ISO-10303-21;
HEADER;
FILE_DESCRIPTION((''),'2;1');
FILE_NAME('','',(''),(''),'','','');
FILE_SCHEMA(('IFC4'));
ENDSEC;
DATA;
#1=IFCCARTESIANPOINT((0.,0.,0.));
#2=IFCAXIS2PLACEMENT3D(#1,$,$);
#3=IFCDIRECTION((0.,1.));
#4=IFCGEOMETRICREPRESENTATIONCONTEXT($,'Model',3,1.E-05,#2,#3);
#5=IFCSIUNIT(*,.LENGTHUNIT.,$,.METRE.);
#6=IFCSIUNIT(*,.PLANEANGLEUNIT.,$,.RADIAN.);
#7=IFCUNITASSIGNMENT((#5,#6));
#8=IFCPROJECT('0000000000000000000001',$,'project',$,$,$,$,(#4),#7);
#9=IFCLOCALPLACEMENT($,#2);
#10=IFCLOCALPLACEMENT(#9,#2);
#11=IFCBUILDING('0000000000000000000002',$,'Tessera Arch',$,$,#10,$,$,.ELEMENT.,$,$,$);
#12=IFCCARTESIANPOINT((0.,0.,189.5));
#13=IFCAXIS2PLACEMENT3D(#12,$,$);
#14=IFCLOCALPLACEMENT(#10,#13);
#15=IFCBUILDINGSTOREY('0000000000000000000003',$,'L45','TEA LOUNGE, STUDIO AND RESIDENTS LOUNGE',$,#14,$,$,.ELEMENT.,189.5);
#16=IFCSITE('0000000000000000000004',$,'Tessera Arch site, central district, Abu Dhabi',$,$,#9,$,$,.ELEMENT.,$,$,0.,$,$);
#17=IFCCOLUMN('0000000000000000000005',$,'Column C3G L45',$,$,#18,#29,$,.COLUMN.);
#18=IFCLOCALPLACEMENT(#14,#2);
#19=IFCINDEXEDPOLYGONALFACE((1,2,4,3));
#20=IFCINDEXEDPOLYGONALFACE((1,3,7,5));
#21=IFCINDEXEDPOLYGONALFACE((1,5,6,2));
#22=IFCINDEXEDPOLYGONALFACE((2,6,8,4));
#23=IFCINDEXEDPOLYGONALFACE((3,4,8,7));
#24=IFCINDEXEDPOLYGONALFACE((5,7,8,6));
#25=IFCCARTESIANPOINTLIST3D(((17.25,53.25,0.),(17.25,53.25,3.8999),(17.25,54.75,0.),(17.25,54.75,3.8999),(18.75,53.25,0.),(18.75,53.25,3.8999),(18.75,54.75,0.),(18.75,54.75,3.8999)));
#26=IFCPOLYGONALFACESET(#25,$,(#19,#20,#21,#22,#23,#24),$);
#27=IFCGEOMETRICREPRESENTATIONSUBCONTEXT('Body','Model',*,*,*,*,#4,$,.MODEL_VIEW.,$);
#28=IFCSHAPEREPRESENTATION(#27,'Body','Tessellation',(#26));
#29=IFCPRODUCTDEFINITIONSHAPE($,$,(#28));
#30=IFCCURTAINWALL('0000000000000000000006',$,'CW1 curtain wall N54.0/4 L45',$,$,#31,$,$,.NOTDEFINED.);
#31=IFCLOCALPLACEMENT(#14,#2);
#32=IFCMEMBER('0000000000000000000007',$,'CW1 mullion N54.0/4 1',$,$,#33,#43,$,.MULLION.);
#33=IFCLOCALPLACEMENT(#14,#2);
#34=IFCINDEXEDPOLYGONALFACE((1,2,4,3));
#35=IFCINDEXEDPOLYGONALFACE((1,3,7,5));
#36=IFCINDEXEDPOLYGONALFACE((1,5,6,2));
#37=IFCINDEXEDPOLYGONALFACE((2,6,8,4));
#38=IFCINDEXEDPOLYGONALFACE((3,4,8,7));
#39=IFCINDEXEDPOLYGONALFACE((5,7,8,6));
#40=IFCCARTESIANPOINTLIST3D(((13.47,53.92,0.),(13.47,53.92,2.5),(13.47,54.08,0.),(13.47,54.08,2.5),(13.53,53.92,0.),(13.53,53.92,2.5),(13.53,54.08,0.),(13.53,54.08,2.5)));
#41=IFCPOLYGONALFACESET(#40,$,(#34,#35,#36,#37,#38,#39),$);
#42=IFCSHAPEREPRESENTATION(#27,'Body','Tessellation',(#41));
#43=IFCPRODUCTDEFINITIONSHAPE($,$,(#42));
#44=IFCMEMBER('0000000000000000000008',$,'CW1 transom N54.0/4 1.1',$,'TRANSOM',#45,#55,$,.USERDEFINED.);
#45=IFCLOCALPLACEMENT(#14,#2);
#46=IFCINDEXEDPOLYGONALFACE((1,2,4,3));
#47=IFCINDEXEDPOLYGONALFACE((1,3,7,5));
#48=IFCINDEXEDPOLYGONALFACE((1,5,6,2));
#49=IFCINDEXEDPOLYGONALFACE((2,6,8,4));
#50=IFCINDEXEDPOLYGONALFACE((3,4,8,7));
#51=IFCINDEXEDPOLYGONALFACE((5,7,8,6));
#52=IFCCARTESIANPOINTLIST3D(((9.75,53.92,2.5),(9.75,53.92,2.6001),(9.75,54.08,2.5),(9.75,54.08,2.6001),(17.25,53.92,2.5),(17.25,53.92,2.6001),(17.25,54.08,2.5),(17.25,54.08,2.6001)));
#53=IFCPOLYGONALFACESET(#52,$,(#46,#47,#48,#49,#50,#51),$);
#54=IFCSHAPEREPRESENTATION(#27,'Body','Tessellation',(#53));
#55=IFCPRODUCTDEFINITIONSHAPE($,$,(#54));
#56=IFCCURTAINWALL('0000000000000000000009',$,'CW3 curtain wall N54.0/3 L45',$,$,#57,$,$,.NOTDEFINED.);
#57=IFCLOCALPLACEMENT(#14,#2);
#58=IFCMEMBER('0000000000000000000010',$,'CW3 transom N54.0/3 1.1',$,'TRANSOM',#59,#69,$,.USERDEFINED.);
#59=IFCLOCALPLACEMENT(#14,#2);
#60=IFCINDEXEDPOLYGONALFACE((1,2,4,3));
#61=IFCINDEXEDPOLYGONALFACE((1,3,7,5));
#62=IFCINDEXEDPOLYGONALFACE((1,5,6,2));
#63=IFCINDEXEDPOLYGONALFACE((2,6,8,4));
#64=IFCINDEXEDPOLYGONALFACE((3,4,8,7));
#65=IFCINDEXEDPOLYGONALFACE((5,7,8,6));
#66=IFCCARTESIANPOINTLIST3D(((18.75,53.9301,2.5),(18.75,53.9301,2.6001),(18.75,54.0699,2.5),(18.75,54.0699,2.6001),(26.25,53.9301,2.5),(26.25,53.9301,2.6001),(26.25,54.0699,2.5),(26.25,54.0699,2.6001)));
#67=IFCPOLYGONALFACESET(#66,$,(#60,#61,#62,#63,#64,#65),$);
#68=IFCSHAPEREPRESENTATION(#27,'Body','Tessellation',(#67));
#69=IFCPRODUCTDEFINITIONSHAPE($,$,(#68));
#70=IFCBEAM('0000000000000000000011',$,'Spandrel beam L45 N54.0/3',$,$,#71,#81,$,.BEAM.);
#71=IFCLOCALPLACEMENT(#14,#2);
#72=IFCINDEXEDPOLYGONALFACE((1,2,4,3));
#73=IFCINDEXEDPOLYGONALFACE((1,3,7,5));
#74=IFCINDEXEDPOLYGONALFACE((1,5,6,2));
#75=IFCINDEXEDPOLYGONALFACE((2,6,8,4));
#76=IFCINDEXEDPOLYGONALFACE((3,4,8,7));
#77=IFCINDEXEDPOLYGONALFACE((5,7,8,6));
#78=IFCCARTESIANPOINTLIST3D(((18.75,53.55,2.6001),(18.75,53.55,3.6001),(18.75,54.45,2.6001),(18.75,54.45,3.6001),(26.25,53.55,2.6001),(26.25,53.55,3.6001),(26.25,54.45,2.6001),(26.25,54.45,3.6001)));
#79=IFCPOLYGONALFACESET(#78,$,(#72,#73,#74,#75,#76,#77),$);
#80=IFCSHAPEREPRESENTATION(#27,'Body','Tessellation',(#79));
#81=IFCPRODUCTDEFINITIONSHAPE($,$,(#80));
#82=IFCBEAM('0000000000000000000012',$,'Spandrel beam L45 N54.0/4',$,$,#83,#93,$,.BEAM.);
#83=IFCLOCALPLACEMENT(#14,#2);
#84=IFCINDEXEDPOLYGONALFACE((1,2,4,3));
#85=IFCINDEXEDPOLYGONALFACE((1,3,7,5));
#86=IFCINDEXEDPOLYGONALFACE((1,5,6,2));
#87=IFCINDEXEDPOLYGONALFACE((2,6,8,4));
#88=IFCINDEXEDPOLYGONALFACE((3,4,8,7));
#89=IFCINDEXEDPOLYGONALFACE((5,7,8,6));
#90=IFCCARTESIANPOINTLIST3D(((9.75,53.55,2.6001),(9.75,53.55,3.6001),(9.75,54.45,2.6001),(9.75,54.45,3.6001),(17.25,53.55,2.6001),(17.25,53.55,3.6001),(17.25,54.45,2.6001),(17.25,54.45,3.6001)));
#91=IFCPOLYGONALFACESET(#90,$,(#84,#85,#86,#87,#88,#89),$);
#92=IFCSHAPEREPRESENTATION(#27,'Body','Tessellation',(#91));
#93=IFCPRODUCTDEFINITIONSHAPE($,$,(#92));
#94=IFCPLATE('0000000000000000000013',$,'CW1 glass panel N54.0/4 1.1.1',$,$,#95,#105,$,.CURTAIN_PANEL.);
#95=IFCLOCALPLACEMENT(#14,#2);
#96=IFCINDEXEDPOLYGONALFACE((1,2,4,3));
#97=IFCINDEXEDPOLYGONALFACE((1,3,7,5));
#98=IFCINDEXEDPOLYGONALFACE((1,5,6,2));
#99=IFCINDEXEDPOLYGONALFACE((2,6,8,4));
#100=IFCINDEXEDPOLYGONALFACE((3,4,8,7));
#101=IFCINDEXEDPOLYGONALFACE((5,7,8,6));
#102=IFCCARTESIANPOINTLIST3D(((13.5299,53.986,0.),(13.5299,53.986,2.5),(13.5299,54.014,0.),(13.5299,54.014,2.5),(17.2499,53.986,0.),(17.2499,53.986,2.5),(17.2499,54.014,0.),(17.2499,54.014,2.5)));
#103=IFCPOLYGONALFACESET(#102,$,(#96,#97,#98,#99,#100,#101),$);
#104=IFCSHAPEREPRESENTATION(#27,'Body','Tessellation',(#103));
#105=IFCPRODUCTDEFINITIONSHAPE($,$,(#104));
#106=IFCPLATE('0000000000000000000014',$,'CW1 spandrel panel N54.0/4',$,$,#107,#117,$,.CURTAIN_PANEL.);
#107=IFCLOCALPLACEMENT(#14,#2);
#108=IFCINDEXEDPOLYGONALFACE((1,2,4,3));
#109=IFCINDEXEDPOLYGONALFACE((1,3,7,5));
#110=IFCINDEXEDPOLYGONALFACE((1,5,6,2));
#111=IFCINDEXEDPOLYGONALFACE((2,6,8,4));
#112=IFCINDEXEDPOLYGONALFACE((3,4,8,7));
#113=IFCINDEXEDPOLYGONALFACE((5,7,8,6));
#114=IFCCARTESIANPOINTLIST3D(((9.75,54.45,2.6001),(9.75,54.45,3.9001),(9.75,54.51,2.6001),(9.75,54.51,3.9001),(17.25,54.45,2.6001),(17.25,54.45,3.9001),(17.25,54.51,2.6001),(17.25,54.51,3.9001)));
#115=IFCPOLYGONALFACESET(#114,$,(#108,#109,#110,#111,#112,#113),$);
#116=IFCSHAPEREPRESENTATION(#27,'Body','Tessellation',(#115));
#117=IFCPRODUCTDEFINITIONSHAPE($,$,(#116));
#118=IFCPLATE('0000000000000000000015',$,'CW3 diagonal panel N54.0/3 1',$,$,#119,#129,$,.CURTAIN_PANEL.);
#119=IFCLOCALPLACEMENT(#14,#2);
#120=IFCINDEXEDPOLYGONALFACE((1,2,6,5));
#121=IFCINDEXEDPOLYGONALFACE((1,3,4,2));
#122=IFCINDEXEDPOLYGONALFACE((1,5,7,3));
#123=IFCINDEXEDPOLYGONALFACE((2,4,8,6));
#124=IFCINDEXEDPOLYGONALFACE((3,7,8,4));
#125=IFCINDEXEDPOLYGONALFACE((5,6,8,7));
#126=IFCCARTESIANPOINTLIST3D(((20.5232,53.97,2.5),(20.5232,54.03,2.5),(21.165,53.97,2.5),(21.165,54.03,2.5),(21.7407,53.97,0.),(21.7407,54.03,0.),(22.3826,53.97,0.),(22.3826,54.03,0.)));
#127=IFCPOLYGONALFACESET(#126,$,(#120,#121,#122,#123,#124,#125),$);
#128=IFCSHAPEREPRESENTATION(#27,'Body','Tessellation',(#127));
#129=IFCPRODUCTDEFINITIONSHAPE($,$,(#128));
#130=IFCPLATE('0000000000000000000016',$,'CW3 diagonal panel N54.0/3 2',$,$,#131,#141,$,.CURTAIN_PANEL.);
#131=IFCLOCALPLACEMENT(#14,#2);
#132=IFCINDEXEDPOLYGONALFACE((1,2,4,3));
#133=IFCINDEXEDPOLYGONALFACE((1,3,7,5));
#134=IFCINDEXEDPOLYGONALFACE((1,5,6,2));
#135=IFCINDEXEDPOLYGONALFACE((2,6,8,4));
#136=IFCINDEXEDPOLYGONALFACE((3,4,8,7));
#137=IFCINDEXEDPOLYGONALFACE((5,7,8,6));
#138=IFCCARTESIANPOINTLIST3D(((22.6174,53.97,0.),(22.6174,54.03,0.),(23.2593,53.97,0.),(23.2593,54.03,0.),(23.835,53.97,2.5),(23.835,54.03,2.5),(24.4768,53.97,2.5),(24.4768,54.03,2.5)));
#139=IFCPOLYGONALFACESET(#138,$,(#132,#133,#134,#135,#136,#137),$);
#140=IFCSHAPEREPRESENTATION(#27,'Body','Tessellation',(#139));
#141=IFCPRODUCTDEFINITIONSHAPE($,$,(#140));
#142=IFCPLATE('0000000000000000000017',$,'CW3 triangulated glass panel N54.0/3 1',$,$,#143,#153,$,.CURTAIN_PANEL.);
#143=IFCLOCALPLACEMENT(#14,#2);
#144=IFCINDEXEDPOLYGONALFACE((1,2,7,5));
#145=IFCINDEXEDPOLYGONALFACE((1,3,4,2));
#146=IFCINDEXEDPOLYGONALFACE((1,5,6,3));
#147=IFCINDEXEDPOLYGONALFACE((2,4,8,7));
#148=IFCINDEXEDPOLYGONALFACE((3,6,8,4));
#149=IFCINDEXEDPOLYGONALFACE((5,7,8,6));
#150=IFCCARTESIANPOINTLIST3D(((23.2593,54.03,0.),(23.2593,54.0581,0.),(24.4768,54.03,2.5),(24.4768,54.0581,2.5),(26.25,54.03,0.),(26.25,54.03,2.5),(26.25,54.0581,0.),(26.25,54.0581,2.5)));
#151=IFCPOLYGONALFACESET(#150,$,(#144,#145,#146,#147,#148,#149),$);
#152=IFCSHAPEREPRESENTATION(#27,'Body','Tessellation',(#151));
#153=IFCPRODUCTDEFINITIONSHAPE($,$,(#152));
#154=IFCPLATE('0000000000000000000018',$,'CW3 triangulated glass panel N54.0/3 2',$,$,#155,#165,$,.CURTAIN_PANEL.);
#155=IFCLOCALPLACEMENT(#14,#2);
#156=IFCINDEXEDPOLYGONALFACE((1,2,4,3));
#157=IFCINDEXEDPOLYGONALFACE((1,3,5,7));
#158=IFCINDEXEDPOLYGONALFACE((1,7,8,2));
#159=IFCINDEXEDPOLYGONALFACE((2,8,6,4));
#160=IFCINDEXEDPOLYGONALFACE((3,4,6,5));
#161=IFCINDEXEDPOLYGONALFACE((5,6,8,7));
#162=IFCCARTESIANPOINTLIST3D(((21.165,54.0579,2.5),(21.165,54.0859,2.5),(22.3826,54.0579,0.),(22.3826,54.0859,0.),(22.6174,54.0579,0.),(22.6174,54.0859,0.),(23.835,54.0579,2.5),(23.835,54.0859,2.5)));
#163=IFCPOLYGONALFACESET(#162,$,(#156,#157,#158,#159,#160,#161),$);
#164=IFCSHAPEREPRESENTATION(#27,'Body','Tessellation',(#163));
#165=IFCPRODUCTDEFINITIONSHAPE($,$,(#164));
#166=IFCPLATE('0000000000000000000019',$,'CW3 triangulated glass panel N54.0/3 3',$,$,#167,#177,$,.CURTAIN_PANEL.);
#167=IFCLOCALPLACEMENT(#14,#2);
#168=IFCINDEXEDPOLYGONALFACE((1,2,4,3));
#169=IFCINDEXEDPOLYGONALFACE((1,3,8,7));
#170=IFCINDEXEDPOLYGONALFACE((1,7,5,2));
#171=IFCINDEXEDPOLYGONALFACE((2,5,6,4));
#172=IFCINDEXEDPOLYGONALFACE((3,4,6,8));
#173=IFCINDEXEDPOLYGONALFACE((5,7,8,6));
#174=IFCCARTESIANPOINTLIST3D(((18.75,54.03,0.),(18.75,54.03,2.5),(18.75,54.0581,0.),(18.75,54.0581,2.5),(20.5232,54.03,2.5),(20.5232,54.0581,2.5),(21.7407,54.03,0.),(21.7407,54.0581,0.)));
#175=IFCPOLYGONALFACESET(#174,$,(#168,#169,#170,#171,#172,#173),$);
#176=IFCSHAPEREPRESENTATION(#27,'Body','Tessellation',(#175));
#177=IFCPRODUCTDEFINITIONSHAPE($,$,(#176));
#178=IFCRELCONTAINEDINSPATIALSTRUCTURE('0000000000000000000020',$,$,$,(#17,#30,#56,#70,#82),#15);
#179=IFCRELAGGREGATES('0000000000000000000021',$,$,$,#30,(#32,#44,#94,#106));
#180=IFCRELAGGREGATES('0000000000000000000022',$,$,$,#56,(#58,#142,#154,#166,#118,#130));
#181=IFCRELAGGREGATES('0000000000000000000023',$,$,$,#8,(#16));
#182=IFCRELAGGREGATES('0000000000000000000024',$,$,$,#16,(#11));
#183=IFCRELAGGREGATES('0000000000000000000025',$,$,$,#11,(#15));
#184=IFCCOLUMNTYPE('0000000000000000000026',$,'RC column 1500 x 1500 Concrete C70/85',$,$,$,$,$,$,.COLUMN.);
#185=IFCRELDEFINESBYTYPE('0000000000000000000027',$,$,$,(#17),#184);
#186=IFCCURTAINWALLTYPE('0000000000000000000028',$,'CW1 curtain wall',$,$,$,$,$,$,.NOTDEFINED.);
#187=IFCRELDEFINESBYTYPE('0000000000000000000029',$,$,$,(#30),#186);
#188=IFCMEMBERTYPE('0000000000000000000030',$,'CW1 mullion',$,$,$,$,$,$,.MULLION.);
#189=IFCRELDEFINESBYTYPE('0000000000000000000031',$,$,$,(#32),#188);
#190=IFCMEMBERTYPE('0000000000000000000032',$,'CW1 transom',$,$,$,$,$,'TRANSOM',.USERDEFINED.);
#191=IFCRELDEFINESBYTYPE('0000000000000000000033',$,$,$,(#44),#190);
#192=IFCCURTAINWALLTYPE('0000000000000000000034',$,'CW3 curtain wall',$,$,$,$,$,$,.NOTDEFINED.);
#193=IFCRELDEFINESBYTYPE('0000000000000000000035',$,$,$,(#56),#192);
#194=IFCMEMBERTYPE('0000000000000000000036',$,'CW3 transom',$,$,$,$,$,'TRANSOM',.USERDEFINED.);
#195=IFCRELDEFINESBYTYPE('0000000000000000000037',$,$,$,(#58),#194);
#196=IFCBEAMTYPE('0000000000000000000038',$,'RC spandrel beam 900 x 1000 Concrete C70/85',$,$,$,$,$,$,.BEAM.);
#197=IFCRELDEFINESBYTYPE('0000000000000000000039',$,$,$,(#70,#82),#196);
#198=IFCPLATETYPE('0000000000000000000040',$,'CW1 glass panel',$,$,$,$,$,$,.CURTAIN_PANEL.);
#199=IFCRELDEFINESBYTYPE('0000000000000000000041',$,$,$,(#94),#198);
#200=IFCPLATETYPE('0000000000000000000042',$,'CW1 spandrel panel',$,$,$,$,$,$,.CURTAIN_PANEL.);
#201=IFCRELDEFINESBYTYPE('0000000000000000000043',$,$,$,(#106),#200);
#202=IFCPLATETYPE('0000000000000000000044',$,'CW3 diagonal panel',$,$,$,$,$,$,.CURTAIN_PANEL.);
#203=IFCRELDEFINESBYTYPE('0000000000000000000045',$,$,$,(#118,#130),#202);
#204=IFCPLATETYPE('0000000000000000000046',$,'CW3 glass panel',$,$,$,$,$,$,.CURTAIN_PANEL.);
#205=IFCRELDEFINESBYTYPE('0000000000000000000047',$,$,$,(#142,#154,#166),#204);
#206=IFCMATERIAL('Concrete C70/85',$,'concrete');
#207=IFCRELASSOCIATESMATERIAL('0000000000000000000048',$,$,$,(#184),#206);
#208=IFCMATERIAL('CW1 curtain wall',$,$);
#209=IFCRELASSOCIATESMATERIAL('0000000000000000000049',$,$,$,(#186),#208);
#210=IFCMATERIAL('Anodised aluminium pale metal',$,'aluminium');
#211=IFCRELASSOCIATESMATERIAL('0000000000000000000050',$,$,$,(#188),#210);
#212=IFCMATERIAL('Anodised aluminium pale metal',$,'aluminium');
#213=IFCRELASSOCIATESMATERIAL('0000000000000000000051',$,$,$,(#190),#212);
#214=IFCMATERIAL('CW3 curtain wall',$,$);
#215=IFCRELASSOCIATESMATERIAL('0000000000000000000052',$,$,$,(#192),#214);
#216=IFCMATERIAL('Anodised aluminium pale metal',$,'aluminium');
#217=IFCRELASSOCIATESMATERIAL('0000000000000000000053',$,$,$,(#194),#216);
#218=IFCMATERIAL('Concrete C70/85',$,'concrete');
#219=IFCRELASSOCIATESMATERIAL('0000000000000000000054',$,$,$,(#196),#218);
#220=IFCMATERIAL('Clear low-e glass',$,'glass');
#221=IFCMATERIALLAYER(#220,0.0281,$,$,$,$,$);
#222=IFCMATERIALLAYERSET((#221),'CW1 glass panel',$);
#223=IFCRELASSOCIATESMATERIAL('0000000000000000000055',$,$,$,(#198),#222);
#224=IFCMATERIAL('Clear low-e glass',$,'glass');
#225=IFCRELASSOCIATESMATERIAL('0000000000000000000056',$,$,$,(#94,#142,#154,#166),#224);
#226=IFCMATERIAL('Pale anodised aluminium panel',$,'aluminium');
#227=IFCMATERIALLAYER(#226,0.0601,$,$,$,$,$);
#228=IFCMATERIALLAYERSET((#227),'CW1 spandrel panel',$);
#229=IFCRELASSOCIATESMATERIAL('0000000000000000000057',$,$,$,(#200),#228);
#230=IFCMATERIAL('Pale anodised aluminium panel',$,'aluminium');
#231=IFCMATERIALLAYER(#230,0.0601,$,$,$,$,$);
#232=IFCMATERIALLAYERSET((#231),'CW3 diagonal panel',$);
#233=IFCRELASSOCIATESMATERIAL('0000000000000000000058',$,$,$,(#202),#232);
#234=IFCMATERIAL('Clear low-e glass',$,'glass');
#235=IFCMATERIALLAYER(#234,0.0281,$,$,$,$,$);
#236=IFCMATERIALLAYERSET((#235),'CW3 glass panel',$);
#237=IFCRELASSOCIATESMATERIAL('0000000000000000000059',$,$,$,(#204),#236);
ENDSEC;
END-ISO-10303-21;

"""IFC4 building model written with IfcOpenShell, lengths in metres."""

from ifc_helpers import new_model, si_unit, direction, frame, origin, origin_2d, place, context, subcontext, project, spatial, polyline, rectangle, outline, extrude, material, layer, layer_set, material_profile, profile_set, type_object, element, aggregate, save


model = new_model("IFC4")

# Units and contexts
model_context = context("Model", 3, precision=1e-05, world=origin(), true_north=direction((0.0, 1.0)))
body_context = subcontext(model_context, "Body", "Model", "MODEL_VIEW")
ifc_project = project(units=[si_unit("LENGTHUNIT", "METRE"), si_unit("PLANEANGLEUNIT", "RADIAN")], contexts=[model_context])

# Site, building, storey
site_placement = place(None, origin())
site = spatial("IfcSite", under=ifc_project, at=site_placement, Name="Tessera Arch site, central district, Abu Dhabi", CompositionType="ELEMENT", RefElevation=0.0)
building_placement = place(site_placement, origin())
building = spatial("IfcBuilding", under=site, at=building_placement, Name="Tessera Arch", CompositionType="ELEMENT")
storey_placement = place(building_placement, frame((0.0, 0.0, 189.5)))
storey = spatial("IfcBuildingStorey", under=building, at=storey_placement, Name="L45", Description="TEA LOUNGE, STUDIO AND RESIDENTS LOUNGE", CompositionType="ELEMENT", Elevation=189.5)

# Column
ifc_material_1 = material(Name="Concrete C70/85", Category="concrete")
ifc_material_profile_1 = material_profile(ifc_material_1, rectangle(XDim=1.5, YDim=1.5, at=origin_2d()), Name="RC column 1500 x 1500 Concrete C70/85")
ifc_profile_set_1 = profile_set([ifc_material_profile_1], Name="Concrete C70/85")
column_type = type_object("IfcColumnType", Name="RC column 1500 x 1500 Concrete C70/85", PredefinedType="COLUMN", material=ifc_profile_set_1)
column_placement = place(storey_placement, frame((18.0, 54.0, 0.0), z_axis=(0.0, 0.0, 1.0), x_axis=(1.0, 0.0, 0.0)))
element("IfcColumn", 1, at=column_placement, inside=storey, type_object=column_type, Name="Column C3G L45", PredefinedType="COLUMN", context=body_context, shape_type="SweptSolid", body=[
    extrude(rectangle(XDim=1.5, YDim=1.5, at=origin_2d()), origin(), (0.0, 0.0, 1.0), 3.8999),
])

# Curtain wall, members
ifc_material_2 = material(Name="CW1 curtain wall")
curtain_wall_type_1 = type_object("IfcCurtainWallType", Name="CW1 curtain wall", PredefinedType="NOTDEFINED", material=ifc_material_2)
curtain_wall_1_placement = place(storey_placement, origin())
curtain_wall_1 = element("IfcCurtainWall", 2, at=curtain_wall_1_placement, inside=storey, type_object=curtain_wall_type_1, Name="CW1 curtain wall N54.0/4 L45", PredefinedType="NOTDEFINED")
ifc_material_3 = material(Name="Anodised aluminium pale metal", Category="aluminium")
ifc_material_profile_2 = material_profile(ifc_material_3, rectangle(XDim=0.1599, YDim=0.0601, at=origin_2d()), Name="AL 60x160")
ifc_profile_set_2 = profile_set([ifc_material_profile_2], Name="Anodised aluminium pale metal")
member_type_1 = type_object("IfcMemberType", Name="CW1 mullion", PredefinedType="MULLION", material=ifc_profile_set_2)
member_1_placement = place(storey_placement, frame((13.5, 54.0, 0.0), z_axis=(0.0, 0.0, 1.0), x_axis=(0.0, -1.0, 0.0)))
member_1 = element("IfcMember", 3, at=member_1_placement, type_object=member_type_1, Name="CW1 mullion N54.0/4 1", PredefinedType="MULLION", context=body_context, shape_type="SweptSolid", body=[
    extrude(rectangle(XDim=0.1599, YDim=0.0601, at=origin_2d()), origin(), (0.0, 0.0, 1.0), 2.5),
])
ifc_material_4 = material(Name="Anodised aluminium pale metal", Category="aluminium")
ifc_material_profile_3 = material_profile(ifc_material_4, rectangle(XDim=0.1599, YDim=0.1001, at=origin_2d()), Name="AL 160x100")
ifc_profile_set_3 = profile_set([ifc_material_profile_3], Name="Anodised aluminium pale metal")
member_type_2 = type_object("IfcMemberType", Name="CW1 transom", ElementType="TRANSOM", PredefinedType="USERDEFINED", material=ifc_profile_set_3)
member_2_placement = place(storey_placement, frame((17.25, 54.0, 2.55), z_axis=(-1.0, 0.0, 0.0), x_axis=(0.0, -1.0, 0.0)))
member_2 = element("IfcMember", 4, at=member_2_placement, type_object=member_type_2, Name="CW1 transom N54.0/4 1.1", ObjectType="TRANSOM", PredefinedType="USERDEFINED", context=body_context, shape_type="SweptSolid", body=[
    extrude(rectangle(XDim=0.1599, YDim=0.1001, at=origin_2d()), origin(), (0.0, 0.0, 1.0), 7.5),
])

# Curtain wall, member
ifc_material_5 = material(Name="CW3 curtain wall")
curtain_wall_type_2 = type_object("IfcCurtainWallType", Name="CW3 curtain wall", PredefinedType="NOTDEFINED", material=ifc_material_5)
curtain_wall_2_placement = place(storey_placement, origin())
curtain_wall_2 = element("IfcCurtainWall", 5, at=curtain_wall_2_placement, inside=storey, type_object=curtain_wall_type_2, Name="CW3 curtain wall N54.0/3 L45", PredefinedType="NOTDEFINED")
ifc_material_6 = material(Name="Anodised aluminium pale metal", Category="aluminium")
ifc_material_profile_4 = material_profile(ifc_material_6, rectangle(XDim=0.1399, YDim=0.1001, at=origin_2d()), Name="AL 140x100")
ifc_profile_set_4 = profile_set([ifc_material_profile_4], Name="Anodised aluminium pale metal")
member_type_3 = type_object("IfcMemberType", Name="CW3 transom", ElementType="TRANSOM", PredefinedType="USERDEFINED", material=ifc_profile_set_4)
member_3_placement = place(storey_placement, frame((26.25, 54.0, 2.55), z_axis=(-1.0, 0.0, 0.0), x_axis=(0.0, -1.0, 0.0)))
member_3 = element("IfcMember", 6, at=member_3_placement, type_object=member_type_3, Name="CW3 transom N54.0/3 1.1", ObjectType="TRANSOM", PredefinedType="USERDEFINED", context=body_context, shape_type="SweptSolid", body=[
    extrude(rectangle(XDim=0.1399, YDim=0.1001, at=origin_2d()), origin(), (0.0, 0.0, 1.0), 7.5),
])

# Beams
ifc_material_7 = material(Name="Concrete C70/85", Category="concrete")
ifc_material_profile_5 = material_profile(ifc_material_7, rectangle(XDim=0.8999, YDim=1.0, at=origin_2d()), Name="RC spandrel beam 900 x 1000 Concrete C70/85")
ifc_profile_set_5 = profile_set([ifc_material_profile_5], Name="Concrete C70/85")
beam_type = type_object("IfcBeamType", Name="RC spandrel beam 900 x 1000 Concrete C70/85", PredefinedType="BEAM", material=ifc_profile_set_5)
for number, where, z_axis, x_axis, name in (
    (7, (26.25, 54.0, 3.1001), (-1.0, 0.0, 0.0), (0.0, -1.0, 0.0), "Spandrel beam L45 N54.0/3"),
    (8, (17.25, 54.0, 3.1001), (-1.0, 0.0, 0.0), (0.0, -1.0, 0.0), "Spandrel beam L45 N54.0/4"),
):
    element("IfcBeam", number, at=place(storey_placement, frame(where, z_axis=z_axis, x_axis=x_axis)), inside=storey, type_object=beam_type, Name=name, PredefinedType="BEAM", context=body_context, shape_type="SweptSolid", body=[
        extrude(rectangle(XDim=0.8999, YDim=1.0, at=origin_2d()), origin(), (0.0, 0.0, 1.0), 7.5),
    ])

# Plates
ifc_material_8 = material(Name="Clear low-e glass", Category="glass")
ifc_material_9 = material(Name="Clear low-e glass", Category="glass")
ifc_layer_1 = layer(ifc_material_9, 0.0281)
ifc_layer_set_1 = layer_set([ifc_layer_1], Name="CW1 glass panel")
plate_type_1 = type_object("IfcPlateType", Name="CW1 glass panel", PredefinedType="CURTAIN_PANEL", material=ifc_layer_set_1)
plate_1_placement = place(storey_placement, frame((15.3899, 54.0, 0.0), z_axis=(0.0, 0.0, 1.0), x_axis=(-1.0, 0.0, 0.0)))
plate_1 = element("IfcPlate", 9, at=plate_1_placement, type_object=plate_type_1, material=ifc_material_8, Name="CW1 glass panel N54.0/4 1.1.1", PredefinedType="CURTAIN_PANEL", context=body_context, shape_type="SweptSolid", body=[
    extrude(rectangle(XDim=3.72, YDim=0.0281, at=origin_2d()), origin(), (0.0, 0.0, 1.0), 2.5),
])
ifc_material_10 = material(Name="Pale anodised aluminium panel", Category="aluminium")
ifc_layer_2 = layer(ifc_material_10, 0.0601)
ifc_layer_set_2 = layer_set([ifc_layer_2], Name="CW1 spandrel panel")
plate_type_2 = type_object("IfcPlateType", Name="CW1 spandrel panel", PredefinedType="CURTAIN_PANEL", material=ifc_layer_set_2)
plate_2_placement = place(storey_placement, frame((13.5, 54.48, 2.6001), z_axis=(0.0, 0.0, 1.0), x_axis=(-1.0, 0.0, 0.0)))
plate_2 = element("IfcPlate", 10, at=plate_2_placement, type_object=plate_type_2, Name="CW1 spandrel panel N54.0/4", PredefinedType="CURTAIN_PANEL", context=body_context, shape_type="SweptSolid", body=[
    extrude(rectangle(XDim=7.5, YDim=0.0601, at=origin_2d()), origin(), (0.0, 0.0, 1.0), 1.3),
])
aggregate(curtain_wall_1, [member_1, member_2, plate_1, plate_2])
ifc_material_11 = material(Name="Pale anodised aluminium panel", Category="aluminium")
ifc_layer_3 = layer(ifc_material_11, 0.0601)
ifc_layer_set_3 = layer_set([ifc_layer_3], Name="CW3 diagonal panel")
plate_type_3 = type_object("IfcPlateType", Name="CW3 diagonal panel", PredefinedType="CURTAIN_PANEL", material=ifc_layer_set_3)
plate_3_placement = place(storey_placement, frame((20.5232, 54.03, 2.5), z_axis=(0.0, 1.0, 0.0), x_axis=(1.0, 0.0, 0.0)))
plate_3 = element("IfcPlate", 11, at=plate_3_placement, type_object=plate_type_3, Name="CW3 diagonal panel N54.0/3 1", PredefinedType="CURTAIN_PANEL", context=body_context, shape_type="SweptSolid", body=[
    extrude(outline(polyline([(0.0, 0.0), (0.6418, 0.0), (1.8594, 2.5), (1.2175, 2.5), (0.0, 0.0)])), origin(), (0.0, 0.0, -1.0), 0.0601),
])
plate_4_placement = place(storey_placement, frame((23.835, 54.03, 2.5), z_axis=(0.0, 1.0, 0.0), x_axis=(1.0, 0.0, 0.0)))
plate_4 = element("IfcPlate", 12, at=plate_4_placement, type_object=plate_type_3, Name="CW3 diagonal panel N54.0/3 2", PredefinedType="CURTAIN_PANEL", context=body_context, shape_type="SweptSolid", body=[
    extrude(outline(polyline([(0.0, 0.0), (0.6418, 0.0), (-0.5757, 2.5), (-1.2175, 2.5), (0.0, 0.0)])), origin(), (0.0, 0.0, -1.0), 0.0601),
])
ifc_material_12 = material(Name="Clear low-e glass", Category="glass")
ifc_layer_4 = layer(ifc_material_12, 0.0281)
ifc_layer_set_4 = layer_set([ifc_layer_4], Name="CW3 glass panel")
plate_type_4 = type_object("IfcPlateType", Name="CW3 glass panel", PredefinedType="CURTAIN_PANEL", material=ifc_layer_set_4)
plate_5_placement = place(storey_placement, frame((26.25, 54.0581, 0.0), z_axis=(0.0, 1.0, 0.0), x_axis=(-1.0, 0.0, 0.0)))
plate_5 = element("IfcPlate", 13, at=plate_5_placement, type_object=plate_type_4, material=ifc_material_8, Name="CW3 triangulated glass panel N54.0/3 1", PredefinedType="CURTAIN_PANEL", context=body_context, shape_type="SweptSolid", body=[
    extrude(outline(polyline([(0.0, 0.0), (2.9907, 0.0), (1.7732, 2.5), (0.0, 2.5), (0.0, 0.0)])), origin(), (0.0, 0.0, -1.0), 0.0281),
])
plate_6_placement = place(storey_placement, frame((21.165, 54.0859, 2.5), z_axis=(0.0, 1.0, 0.0), x_axis=(1.0, 0.0, 0.0)))
plate_6 = element("IfcPlate", 14, at=plate_6_placement, type_object=plate_type_4, material=ifc_material_8, Name="CW3 triangulated glass panel N54.0/3 2", PredefinedType="CURTAIN_PANEL", context=body_context, shape_type="SweptSolid", body=[
    extrude(outline(polyline([(0.0, 0.0), (2.6699, 0.0), (1.4524, 2.5), (1.2175, 2.5), (0.0, 0.0)])), origin(), (0.0, 0.0, -1.0), 0.0281),
])
plate_7_placement = place(storey_placement, frame((18.75, 54.0581, 2.5), z_axis=(0.0, 1.0, 0.0), x_axis=(1.0, 0.0, 0.0)))
plate_7 = element("IfcPlate", 15, at=plate_7_placement, type_object=plate_type_4, material=ifc_material_8, Name="CW3 triangulated glass panel N54.0/3 3", PredefinedType="CURTAIN_PANEL", context=body_context, shape_type="SweptSolid", body=[
    extrude(outline(polyline([(0.0, 0.0), (1.7732, 0.0), (2.9907, 2.5), (0.0, 2.5), (0.0, 0.0)])), origin(), (0.0, 0.0, -1.0), 0.0281),
])
aggregate(curtain_wall_2, [member_3, plate_5, plate_6, plate_7, plate_3, plate_4])

save(model, "model.ifc")
